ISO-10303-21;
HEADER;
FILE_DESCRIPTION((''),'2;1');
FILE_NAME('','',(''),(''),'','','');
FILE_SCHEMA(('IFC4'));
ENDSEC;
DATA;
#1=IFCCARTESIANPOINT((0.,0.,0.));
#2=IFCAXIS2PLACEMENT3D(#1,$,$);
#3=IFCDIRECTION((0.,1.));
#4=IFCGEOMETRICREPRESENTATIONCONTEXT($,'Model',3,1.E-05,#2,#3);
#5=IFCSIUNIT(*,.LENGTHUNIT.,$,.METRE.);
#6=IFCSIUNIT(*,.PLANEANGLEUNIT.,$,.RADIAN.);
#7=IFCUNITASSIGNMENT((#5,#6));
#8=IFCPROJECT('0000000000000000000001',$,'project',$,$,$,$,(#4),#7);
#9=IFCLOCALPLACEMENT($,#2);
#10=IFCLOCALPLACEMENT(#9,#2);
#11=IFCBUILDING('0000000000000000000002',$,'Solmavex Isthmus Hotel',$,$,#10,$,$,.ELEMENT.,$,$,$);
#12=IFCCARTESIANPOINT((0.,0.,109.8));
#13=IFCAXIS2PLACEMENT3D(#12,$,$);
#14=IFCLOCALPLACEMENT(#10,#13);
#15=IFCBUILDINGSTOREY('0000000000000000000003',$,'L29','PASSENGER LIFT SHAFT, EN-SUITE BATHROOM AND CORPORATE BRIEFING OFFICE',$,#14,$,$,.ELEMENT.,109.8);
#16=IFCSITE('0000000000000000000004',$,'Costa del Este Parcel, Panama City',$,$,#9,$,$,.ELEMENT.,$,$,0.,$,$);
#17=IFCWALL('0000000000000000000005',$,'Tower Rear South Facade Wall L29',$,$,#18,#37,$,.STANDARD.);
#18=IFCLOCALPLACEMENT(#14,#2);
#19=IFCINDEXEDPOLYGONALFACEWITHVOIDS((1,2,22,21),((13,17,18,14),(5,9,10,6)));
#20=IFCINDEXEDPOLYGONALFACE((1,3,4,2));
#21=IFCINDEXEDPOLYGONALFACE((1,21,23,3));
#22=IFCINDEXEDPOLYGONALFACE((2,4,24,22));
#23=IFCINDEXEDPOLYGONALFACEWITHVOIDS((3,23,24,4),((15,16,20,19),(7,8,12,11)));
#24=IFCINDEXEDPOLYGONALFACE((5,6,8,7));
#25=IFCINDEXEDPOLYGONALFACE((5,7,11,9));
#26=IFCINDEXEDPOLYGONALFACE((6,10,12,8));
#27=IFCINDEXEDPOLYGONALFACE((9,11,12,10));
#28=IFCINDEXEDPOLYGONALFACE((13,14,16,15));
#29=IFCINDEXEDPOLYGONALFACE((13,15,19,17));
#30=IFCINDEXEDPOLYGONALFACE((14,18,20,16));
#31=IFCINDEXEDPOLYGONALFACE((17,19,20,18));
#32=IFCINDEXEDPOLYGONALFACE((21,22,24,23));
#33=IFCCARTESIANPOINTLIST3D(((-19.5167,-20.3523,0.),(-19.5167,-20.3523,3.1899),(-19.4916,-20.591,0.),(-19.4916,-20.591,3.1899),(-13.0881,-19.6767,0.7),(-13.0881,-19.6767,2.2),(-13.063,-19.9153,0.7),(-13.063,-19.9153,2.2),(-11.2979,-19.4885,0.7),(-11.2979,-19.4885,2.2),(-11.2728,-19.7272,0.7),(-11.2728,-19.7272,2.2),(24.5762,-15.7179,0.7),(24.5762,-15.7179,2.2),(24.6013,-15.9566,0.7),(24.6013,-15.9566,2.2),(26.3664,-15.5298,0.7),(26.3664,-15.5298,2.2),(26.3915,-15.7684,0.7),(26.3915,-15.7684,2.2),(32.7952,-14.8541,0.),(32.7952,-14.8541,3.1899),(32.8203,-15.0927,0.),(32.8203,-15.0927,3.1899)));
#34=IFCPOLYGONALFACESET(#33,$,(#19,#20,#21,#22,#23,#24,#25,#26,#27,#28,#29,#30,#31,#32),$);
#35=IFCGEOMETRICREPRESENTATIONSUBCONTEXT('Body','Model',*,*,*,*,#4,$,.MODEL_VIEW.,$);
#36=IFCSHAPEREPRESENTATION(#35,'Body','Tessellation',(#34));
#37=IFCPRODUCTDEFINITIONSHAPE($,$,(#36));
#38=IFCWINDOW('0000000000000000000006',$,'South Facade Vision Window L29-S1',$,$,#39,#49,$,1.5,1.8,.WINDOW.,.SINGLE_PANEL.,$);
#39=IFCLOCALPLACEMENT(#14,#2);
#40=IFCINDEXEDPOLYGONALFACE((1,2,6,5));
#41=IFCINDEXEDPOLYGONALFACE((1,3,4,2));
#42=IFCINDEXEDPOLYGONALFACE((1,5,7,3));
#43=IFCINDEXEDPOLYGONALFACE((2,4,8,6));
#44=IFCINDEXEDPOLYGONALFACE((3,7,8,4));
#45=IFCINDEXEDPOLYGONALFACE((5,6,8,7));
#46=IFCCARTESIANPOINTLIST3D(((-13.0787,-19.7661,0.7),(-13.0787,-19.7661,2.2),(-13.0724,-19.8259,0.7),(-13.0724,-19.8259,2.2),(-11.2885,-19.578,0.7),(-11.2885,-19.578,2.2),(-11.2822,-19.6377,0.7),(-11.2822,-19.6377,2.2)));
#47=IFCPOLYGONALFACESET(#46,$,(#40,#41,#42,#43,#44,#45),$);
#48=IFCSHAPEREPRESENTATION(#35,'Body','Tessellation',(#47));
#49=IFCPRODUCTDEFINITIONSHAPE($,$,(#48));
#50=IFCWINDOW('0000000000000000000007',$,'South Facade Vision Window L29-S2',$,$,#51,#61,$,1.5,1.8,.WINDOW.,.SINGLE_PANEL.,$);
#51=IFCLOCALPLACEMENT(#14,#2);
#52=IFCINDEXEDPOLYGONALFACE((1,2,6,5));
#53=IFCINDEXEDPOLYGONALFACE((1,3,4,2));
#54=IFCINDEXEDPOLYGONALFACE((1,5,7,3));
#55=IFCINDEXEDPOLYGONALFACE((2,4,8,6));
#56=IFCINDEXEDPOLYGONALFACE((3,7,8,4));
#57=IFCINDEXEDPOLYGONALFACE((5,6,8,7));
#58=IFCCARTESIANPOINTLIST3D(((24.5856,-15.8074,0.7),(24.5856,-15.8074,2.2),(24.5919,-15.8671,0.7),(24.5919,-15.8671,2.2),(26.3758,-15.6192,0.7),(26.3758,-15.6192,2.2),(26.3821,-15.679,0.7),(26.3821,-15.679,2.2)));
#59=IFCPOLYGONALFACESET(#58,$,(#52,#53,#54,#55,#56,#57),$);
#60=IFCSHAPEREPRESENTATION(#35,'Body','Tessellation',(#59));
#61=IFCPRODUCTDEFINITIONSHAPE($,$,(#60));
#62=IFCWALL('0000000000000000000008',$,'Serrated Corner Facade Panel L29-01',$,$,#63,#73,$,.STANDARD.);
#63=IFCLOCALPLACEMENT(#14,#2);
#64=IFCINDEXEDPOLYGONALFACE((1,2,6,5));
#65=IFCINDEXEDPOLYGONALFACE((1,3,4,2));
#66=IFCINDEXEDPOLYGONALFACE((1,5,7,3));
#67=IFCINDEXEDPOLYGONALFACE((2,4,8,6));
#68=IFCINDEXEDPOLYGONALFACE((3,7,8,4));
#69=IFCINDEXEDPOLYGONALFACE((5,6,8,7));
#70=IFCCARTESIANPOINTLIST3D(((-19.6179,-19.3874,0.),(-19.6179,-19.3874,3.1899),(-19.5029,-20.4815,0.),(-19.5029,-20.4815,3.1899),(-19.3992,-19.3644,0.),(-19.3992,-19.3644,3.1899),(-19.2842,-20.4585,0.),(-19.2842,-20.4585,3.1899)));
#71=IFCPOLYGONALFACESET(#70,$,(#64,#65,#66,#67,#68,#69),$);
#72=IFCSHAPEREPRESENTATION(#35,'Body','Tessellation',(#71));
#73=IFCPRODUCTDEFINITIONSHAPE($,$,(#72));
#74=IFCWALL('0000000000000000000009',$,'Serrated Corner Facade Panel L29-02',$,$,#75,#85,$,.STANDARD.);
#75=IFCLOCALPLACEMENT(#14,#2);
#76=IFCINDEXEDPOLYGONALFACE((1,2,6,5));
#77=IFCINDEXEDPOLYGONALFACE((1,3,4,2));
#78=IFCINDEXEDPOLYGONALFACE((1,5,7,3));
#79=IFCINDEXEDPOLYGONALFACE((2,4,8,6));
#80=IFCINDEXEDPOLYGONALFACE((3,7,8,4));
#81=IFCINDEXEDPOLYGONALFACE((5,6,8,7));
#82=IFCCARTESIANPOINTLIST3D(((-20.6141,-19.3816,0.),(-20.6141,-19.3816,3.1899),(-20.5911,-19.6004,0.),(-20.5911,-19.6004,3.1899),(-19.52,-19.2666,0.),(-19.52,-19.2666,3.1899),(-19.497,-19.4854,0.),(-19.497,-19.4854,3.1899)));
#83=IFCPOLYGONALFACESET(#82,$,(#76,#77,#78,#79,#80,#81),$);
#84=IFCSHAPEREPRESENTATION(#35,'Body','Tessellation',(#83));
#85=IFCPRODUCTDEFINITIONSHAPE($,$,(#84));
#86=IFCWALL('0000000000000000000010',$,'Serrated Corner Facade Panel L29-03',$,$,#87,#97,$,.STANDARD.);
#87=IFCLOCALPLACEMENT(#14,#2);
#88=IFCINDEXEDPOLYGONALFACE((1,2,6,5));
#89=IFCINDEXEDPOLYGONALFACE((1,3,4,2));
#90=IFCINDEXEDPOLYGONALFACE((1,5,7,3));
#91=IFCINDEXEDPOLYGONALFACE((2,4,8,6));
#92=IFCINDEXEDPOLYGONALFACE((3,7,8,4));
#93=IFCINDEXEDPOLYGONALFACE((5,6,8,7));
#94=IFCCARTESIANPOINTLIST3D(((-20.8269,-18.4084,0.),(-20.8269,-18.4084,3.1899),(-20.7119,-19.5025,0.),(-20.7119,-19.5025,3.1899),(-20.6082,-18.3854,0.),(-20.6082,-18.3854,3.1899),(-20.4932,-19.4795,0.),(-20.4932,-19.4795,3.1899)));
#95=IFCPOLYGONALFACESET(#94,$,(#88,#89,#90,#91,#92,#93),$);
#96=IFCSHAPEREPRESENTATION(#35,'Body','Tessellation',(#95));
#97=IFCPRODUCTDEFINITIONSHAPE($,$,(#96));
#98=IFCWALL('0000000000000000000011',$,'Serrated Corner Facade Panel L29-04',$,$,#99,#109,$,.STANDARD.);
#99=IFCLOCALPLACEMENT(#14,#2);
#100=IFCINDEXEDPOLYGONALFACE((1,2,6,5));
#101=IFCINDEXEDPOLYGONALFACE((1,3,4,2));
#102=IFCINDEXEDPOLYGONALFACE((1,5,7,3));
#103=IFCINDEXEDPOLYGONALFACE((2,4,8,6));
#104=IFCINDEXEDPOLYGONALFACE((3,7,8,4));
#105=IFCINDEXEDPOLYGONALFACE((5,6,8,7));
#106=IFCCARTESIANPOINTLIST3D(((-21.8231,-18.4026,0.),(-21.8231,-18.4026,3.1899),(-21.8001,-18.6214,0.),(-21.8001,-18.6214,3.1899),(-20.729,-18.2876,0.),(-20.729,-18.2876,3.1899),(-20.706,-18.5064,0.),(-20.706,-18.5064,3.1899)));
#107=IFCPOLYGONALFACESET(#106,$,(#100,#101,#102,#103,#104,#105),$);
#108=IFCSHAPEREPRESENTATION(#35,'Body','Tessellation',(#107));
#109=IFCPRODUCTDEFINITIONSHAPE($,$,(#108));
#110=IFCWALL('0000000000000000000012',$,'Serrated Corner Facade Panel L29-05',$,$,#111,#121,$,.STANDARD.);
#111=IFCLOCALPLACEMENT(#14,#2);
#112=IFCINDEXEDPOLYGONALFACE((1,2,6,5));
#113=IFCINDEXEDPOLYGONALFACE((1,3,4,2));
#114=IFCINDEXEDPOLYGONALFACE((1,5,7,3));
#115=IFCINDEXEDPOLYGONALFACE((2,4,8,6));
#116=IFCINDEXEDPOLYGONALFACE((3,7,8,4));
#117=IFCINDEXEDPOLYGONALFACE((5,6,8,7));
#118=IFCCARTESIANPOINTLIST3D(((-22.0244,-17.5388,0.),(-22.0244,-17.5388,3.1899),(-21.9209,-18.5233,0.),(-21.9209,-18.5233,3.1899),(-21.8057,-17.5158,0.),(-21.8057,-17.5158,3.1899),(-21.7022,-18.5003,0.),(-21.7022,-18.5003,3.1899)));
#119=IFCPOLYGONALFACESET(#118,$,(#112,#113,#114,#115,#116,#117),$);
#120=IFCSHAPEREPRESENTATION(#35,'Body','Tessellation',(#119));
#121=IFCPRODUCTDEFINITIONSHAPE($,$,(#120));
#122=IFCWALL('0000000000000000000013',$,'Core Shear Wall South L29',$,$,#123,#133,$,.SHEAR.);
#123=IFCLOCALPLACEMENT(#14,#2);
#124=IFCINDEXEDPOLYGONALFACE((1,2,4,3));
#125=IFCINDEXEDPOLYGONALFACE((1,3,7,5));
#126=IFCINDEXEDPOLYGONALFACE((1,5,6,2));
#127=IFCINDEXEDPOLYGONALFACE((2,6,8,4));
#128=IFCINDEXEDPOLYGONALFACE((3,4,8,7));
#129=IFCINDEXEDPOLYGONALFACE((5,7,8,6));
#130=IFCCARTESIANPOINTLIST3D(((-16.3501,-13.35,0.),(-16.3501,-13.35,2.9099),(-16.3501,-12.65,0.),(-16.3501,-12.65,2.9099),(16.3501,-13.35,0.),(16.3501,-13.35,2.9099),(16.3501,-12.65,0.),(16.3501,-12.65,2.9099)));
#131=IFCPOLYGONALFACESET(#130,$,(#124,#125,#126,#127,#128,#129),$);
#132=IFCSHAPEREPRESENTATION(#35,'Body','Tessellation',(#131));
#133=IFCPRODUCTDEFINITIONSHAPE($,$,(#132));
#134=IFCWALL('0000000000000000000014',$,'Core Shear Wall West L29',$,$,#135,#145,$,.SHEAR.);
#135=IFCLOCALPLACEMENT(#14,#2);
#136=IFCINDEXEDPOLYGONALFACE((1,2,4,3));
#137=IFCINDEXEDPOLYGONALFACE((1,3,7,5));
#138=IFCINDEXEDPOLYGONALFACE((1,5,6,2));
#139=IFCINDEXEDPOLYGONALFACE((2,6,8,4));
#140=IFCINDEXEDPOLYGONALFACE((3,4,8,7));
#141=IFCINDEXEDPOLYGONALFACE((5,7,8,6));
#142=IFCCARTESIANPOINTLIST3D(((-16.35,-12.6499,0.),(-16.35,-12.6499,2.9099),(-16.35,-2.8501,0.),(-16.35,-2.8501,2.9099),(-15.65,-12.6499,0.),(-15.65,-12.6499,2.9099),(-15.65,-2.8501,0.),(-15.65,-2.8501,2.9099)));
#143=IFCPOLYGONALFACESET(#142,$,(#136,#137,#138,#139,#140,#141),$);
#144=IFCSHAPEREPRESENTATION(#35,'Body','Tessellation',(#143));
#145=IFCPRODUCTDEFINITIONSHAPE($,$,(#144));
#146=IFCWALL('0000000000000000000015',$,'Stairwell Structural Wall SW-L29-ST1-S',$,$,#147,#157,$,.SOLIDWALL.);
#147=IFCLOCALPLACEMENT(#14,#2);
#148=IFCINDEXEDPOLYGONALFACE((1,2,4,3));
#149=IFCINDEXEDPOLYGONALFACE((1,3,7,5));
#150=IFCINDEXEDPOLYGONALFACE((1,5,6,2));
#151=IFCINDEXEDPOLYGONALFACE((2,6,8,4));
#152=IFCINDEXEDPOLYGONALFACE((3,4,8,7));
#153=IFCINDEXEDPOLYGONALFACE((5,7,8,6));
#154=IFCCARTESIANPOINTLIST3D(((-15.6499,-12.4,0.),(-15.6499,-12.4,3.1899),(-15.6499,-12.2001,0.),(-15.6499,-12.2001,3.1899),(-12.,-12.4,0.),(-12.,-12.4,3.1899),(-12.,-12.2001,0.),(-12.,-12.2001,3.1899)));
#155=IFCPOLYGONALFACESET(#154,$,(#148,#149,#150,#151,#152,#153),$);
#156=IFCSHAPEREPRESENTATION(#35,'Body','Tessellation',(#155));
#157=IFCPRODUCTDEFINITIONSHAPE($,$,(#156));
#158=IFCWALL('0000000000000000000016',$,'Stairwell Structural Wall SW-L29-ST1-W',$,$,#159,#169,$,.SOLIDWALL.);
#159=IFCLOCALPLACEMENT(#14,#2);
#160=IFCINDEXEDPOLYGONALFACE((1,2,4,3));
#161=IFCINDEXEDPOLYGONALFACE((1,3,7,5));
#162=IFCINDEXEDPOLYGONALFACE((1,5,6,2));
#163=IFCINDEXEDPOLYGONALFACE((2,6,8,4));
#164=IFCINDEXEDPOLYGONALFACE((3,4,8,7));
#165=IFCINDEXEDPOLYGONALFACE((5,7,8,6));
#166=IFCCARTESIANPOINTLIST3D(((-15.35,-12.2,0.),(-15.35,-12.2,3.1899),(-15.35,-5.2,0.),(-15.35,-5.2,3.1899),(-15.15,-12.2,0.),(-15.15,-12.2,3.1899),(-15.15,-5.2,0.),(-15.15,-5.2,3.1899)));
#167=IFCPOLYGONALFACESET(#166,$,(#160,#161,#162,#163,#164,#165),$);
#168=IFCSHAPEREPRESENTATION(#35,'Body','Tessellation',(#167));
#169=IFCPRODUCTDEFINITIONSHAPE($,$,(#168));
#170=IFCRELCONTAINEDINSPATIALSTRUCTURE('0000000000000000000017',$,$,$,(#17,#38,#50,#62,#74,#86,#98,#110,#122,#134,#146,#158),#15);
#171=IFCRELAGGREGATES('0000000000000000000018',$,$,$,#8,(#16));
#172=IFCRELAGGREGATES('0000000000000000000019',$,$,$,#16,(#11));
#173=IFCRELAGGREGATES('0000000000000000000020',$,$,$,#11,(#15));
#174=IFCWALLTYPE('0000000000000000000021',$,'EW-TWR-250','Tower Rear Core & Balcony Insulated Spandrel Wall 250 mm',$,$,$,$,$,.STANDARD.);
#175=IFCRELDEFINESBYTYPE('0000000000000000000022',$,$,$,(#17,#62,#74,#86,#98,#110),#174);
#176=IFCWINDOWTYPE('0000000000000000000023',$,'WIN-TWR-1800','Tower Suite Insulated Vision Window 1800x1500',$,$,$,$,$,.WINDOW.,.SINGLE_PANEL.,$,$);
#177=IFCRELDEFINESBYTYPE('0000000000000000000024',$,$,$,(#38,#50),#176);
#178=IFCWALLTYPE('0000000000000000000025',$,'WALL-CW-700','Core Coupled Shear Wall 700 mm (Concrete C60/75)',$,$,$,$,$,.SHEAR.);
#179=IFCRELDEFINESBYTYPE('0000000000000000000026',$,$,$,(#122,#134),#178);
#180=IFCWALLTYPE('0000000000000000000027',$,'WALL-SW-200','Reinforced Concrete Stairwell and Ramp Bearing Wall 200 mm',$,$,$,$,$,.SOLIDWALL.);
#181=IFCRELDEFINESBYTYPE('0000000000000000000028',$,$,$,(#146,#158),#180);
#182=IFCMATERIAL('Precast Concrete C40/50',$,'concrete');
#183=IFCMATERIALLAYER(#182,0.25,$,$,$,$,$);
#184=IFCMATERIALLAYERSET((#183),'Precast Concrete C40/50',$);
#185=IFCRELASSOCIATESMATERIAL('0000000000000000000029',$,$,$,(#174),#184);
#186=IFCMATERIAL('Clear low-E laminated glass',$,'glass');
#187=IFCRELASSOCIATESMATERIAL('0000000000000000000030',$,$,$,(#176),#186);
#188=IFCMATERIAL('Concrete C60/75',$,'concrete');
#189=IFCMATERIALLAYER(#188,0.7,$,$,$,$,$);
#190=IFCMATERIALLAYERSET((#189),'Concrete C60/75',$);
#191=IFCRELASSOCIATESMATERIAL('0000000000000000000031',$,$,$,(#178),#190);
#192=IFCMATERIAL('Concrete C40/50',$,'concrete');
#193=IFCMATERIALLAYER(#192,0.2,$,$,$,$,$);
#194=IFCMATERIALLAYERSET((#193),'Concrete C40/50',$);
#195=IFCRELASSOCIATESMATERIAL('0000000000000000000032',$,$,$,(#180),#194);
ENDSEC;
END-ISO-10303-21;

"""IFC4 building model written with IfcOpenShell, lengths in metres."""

from ifc_helpers import new_model, si_unit, direction, frame, frame_2d, origin, place, context, subcontext, project, spatial, rectangle, extrude, material, layer, layer_set, type_object, element, fill, save


model = new_model("IFC4")

# Units and contexts
model_context = context("Model", 3, precision=1e-05, world=origin(), true_north=direction((0.0, 1.0)))
body_context = subcontext(model_context, "Body", "Model", "MODEL_VIEW")
ifc_project = project(units=[si_unit("LENGTHUNIT", "METRE"), si_unit("PLANEANGLEUNIT", "RADIAN")], contexts=[model_context])

# Site, building, storey
site_placement = place(None, origin())
site = spatial("IfcSite", under=ifc_project, at=site_placement, Name="Costa del Este Parcel, Panama City", CompositionType="ELEMENT", RefElevation=0.0)
building_placement = place(site_placement, origin())
building = spatial("IfcBuilding", under=site, at=building_placement, Name="Solmavex Isthmus Hotel", CompositionType="ELEMENT")
storey_placement = place(building_placement, frame((0.0, 0.0, 109.8)))
storey = spatial("IfcBuildingStorey", under=building, at=storey_placement, Name="L29", Description="PASSENGER LIFT SHAFT, EN-SUITE BATHROOM AND CORPORATE BRIEFING OFFICE", CompositionType="ELEMENT", Elevation=109.8)

# Shared definitions
ifc_material_1 = material(Name="Concrete C60/75", Category="concrete")

# Shared definitions
ifc_material_2 = material(Name="Clear low-E laminated glass", Category="glass")

# Wall, openings, windows
ifc_material_3 = material(Name="Precast Concrete C40/50", Category="concrete")
ifc_layer_1 = layer(ifc_material_3, 0.25)
ifc_layer_set_1 = layer_set([ifc_layer_1], Name="Precast Concrete C40/50")
wall_type_1 = type_object("IfcWallType", Name="EW-TWR-250", Description="Tower Rear Core & Balcony Insulated Spandrel Wall 250 mm", PredefinedType="STANDARD", material=ifc_layer_set_1)
wall_1_placement = place(storey_placement, frame((-19.5042, -20.4717, 0.0), z_axis=(0.0, 0.0, 1.0), x_axis=(0.994522, 0.10453, 0.0)))
wall_1 = element("IfcWall", 1, at=wall_1_placement, inside=storey, type_object=wall_type_1, Name="Tower Rear South Facade Wall L29", PredefinedType="STANDARD", context=body_context, shape_type="SweptSolid", body=[
    extrude(rectangle(XDim=52.6001, YDim=0.24, at=frame_2d((26.3, 0.0))), origin(), (0.0, 0.0, 1.0), 3.1899),
])
opening_1_placement = place(wall_1_placement, frame((6.4641, 0.0, 0.7)))
opening_1 = element("IfcOpeningElement", 2, at=opening_1_placement, cuts=wall_1, PredefinedType="OPENING", context=body_context, shape_type="SweptSolid", body=[
    extrude(rectangle(XDim=1.8, YDim=1.5, at=frame_2d((0.8999, 0.75))), frame((0.0, 0.1299, 0.0), z_axis=(0.0, -1.0, 0.0), x_axis=(1.0, 0.0, 0.0)), (0.0, 0.0, 1.0), 0.26),
])
opening_2_placement = place(wall_1_placement, frame((44.3359, 0.0, 0.7)))
opening_2 = element("IfcOpeningElement", 3, at=opening_2_placement, cuts=wall_1, PredefinedType="OPENING", context=body_context, shape_type="SweptSolid", body=[
    extrude(rectangle(XDim=1.8, YDim=1.5, at=frame_2d((0.8999, 0.75))), frame((0.0, 0.1299, 0.0), z_axis=(0.0, -1.0, 0.0), x_axis=(1.0, 0.0, 0.0)), (0.0, 0.0, 1.0), 0.26),
])
window_type = type_object("IfcWindowType", Name="WIN-TWR-1800", Description="Tower Suite Insulated Vision Window 1800x1500", PartitioningType="SINGLE_PANEL", PredefinedType="WINDOW", material=ifc_material_2)
window_1_placement = place(opening_1_placement, origin())
window_1 = element("IfcWindow", 4, at=window_1_placement, inside=storey, type_object=window_type, Name="South Facade Vision Window L29-S1", OverallHeight=1.5, OverallWidth=1.8, PartitioningType="SINGLE_PANEL", PredefinedType="WINDOW", context=body_context, shape_type="SweptSolid", body=[
    extrude(rectangle(XDim=1.8, YDim=1.5, at=frame_2d((0.8999, 0.75))), frame((0.0, 0.03, 0.0), z_axis=(0.0, -1.0, 0.0), x_axis=(1.0, 0.0, 0.0)), (0.0, 0.0, 1.0), 0.0601),
])
fill(opening_1, window_1)
window_2_placement = place(opening_2_placement, origin())
window_2 = element("IfcWindow", 5, at=window_2_placement, inside=storey, type_object=window_type, Name="South Facade Vision Window L29-S2", OverallHeight=1.5, OverallWidth=1.8, PartitioningType="SINGLE_PANEL", PredefinedType="WINDOW", context=body_context, shape_type="SweptSolid", body=[
    extrude(rectangle(XDim=1.8, YDim=1.5, at=frame_2d((0.8999, 0.75))), frame((0.0, 0.03, 0.0), z_axis=(0.0, -1.0, 0.0), x_axis=(1.0, 0.0, 0.0)), (0.0, 0.0, 1.0), 0.0601),
])
fill(opening_2, window_2)

# Walls
for number, where, z_axis, x_axis, name in (
    (6, (-19.3936, -20.47, 0.0), (0.0, 0.0, 1.0), (-0.104535, 0.994521, 0.0), "Serrated Corner Facade Panel L29-01"),
    (7, (-19.5085, -19.376, 0.0), (0.0, 0.0, 1.0), (-0.994521, -0.104535, 0.0), "Serrated Corner Facade Panel L29-02"),
    (8, (-20.6025, -19.491, 0.0), (0.0, 0.0, 1.0), (-0.104535, 0.994521, 0.0), "Serrated Corner Facade Panel L29-03"),
    (9, (-20.7175, -18.397, 0.0), (0.0, 0.0, 1.0), (-0.994521, -0.104535, 0.0), "Serrated Corner Facade Panel L29-04"),
):
    element("IfcWall", number, at=place(storey_placement, frame(where, z_axis=z_axis, x_axis=x_axis)), inside=storey, type_object=wall_type_1, Name=name, PredefinedType="STANDARD", context=body_context, shape_type="SweptSolid", body=[
        extrude(rectangle(XDim=1.1001, YDim=0.22, at=frame_2d((0.55, 0.0))), origin(), (0.0, 0.0, 1.0), 3.1899),
    ])
wall_2_placement = place(storey_placement, frame((-21.8115, -18.512, 0.0), z_axis=(0.0, 0.0, 1.0), x_axis=(-0.104556, 0.994519, 0.0)))
element("IfcWall", 10, at=wall_2_placement, inside=storey, type_object=wall_type_1, Name="Serrated Corner Facade Panel L29-05", PredefinedType="STANDARD", context=body_context, shape_type="SweptSolid", body=[
    extrude(rectangle(XDim=0.99, YDim=0.22, at=frame_2d((0.4951, 0.0))), origin(), (0.0, 0.0, 1.0), 3.1899),
])
ifc_layer_2 = layer(ifc_material_1, 0.7)
ifc_layer_set_2 = layer_set([ifc_layer_2], Name="Concrete C60/75")
wall_type_2 = type_object("IfcWallType", Name="WALL-CW-700", Description="Core Coupled Shear Wall 700 mm (Concrete C60/75)", PredefinedType="SHEAR", material=ifc_layer_set_2)
wall_3_placement = place(storey_placement, frame((-16.3501, -13.0, 0.0), z_axis=(0.0, 0.0, 1.0), x_axis=(1.0, 0.0, 0.0)))
element("IfcWall", 11, at=wall_3_placement, inside=storey, type_object=wall_type_2, Name="Core Shear Wall South L29", PredefinedType="SHEAR", context=body_context, shape_type="SweptSolid", body=[
    extrude(rectangle(XDim=32.7002, YDim=0.7, at=frame_2d((16.3501, 0.0))), origin(), (0.0, 0.0, 1.0), 2.9099),
])
wall_4_placement = place(storey_placement, frame((-16.0, -12.6499, 0.0), z_axis=(0.0, 0.0, 1.0), x_axis=(0.0, 1.0, 0.0)))
element("IfcWall", 12, at=wall_4_placement, inside=storey, type_object=wall_type_2, Name="Core Shear Wall West L29", PredefinedType="SHEAR", context=body_context, shape_type="SweptSolid", body=[
    extrude(rectangle(XDim=9.7998, YDim=0.7, at=frame_2d((4.8999, 0.0))), origin(), (0.0, 0.0, 1.0), 2.9099),
])
ifc_material_4 = material(Name="Concrete C40/50", Category="concrete")
ifc_layer_3 = layer(ifc_material_4, 0.2)
ifc_layer_set_3 = layer_set([ifc_layer_3], Name="Concrete C40/50")
wall_type_3 = type_object("IfcWallType", Name="WALL-SW-200", Description="Reinforced Concrete Stairwell and Ramp Bearing Wall 200 mm", PredefinedType="SOLIDWALL", material=ifc_layer_set_3)
wall_5_placement = place(storey_placement, frame((-15.6499, -12.3, 0.0), z_axis=(0.0, 0.0, 1.0), x_axis=(1.0, 0.0, 0.0)))
element("IfcWall", 13, at=wall_5_placement, inside=storey, type_object=wall_type_3, Name="Stairwell Structural Wall SW-L29-ST1-S", PredefinedType="SOLIDWALL", context=body_context, shape_type="SweptSolid", body=[
    extrude(rectangle(XDim=3.6499, YDim=0.2, at=frame_2d((1.825, 0.0))), origin(), (0.0, 0.0, 1.0), 3.1899),
])
wall_6_placement = place(storey_placement, frame((-15.25, -12.2, 0.0), z_axis=(0.0, 0.0, 1.0), x_axis=(0.0, 1.0, 0.0)))
element("IfcWall", 14, at=wall_6_placement, inside=storey, type_object=wall_type_3, Name="Stairwell Structural Wall SW-L29-ST1-W", PredefinedType="SOLIDWALL", context=body_context, shape_type="SweptSolid", body=[
    extrude(rectangle(XDim=7.0, YDim=0.2, at=frame_2d((3.5, 0.0))), origin(), (0.0, 0.0, 1.0), 3.1899),
])

save(model, "model.ifc")
